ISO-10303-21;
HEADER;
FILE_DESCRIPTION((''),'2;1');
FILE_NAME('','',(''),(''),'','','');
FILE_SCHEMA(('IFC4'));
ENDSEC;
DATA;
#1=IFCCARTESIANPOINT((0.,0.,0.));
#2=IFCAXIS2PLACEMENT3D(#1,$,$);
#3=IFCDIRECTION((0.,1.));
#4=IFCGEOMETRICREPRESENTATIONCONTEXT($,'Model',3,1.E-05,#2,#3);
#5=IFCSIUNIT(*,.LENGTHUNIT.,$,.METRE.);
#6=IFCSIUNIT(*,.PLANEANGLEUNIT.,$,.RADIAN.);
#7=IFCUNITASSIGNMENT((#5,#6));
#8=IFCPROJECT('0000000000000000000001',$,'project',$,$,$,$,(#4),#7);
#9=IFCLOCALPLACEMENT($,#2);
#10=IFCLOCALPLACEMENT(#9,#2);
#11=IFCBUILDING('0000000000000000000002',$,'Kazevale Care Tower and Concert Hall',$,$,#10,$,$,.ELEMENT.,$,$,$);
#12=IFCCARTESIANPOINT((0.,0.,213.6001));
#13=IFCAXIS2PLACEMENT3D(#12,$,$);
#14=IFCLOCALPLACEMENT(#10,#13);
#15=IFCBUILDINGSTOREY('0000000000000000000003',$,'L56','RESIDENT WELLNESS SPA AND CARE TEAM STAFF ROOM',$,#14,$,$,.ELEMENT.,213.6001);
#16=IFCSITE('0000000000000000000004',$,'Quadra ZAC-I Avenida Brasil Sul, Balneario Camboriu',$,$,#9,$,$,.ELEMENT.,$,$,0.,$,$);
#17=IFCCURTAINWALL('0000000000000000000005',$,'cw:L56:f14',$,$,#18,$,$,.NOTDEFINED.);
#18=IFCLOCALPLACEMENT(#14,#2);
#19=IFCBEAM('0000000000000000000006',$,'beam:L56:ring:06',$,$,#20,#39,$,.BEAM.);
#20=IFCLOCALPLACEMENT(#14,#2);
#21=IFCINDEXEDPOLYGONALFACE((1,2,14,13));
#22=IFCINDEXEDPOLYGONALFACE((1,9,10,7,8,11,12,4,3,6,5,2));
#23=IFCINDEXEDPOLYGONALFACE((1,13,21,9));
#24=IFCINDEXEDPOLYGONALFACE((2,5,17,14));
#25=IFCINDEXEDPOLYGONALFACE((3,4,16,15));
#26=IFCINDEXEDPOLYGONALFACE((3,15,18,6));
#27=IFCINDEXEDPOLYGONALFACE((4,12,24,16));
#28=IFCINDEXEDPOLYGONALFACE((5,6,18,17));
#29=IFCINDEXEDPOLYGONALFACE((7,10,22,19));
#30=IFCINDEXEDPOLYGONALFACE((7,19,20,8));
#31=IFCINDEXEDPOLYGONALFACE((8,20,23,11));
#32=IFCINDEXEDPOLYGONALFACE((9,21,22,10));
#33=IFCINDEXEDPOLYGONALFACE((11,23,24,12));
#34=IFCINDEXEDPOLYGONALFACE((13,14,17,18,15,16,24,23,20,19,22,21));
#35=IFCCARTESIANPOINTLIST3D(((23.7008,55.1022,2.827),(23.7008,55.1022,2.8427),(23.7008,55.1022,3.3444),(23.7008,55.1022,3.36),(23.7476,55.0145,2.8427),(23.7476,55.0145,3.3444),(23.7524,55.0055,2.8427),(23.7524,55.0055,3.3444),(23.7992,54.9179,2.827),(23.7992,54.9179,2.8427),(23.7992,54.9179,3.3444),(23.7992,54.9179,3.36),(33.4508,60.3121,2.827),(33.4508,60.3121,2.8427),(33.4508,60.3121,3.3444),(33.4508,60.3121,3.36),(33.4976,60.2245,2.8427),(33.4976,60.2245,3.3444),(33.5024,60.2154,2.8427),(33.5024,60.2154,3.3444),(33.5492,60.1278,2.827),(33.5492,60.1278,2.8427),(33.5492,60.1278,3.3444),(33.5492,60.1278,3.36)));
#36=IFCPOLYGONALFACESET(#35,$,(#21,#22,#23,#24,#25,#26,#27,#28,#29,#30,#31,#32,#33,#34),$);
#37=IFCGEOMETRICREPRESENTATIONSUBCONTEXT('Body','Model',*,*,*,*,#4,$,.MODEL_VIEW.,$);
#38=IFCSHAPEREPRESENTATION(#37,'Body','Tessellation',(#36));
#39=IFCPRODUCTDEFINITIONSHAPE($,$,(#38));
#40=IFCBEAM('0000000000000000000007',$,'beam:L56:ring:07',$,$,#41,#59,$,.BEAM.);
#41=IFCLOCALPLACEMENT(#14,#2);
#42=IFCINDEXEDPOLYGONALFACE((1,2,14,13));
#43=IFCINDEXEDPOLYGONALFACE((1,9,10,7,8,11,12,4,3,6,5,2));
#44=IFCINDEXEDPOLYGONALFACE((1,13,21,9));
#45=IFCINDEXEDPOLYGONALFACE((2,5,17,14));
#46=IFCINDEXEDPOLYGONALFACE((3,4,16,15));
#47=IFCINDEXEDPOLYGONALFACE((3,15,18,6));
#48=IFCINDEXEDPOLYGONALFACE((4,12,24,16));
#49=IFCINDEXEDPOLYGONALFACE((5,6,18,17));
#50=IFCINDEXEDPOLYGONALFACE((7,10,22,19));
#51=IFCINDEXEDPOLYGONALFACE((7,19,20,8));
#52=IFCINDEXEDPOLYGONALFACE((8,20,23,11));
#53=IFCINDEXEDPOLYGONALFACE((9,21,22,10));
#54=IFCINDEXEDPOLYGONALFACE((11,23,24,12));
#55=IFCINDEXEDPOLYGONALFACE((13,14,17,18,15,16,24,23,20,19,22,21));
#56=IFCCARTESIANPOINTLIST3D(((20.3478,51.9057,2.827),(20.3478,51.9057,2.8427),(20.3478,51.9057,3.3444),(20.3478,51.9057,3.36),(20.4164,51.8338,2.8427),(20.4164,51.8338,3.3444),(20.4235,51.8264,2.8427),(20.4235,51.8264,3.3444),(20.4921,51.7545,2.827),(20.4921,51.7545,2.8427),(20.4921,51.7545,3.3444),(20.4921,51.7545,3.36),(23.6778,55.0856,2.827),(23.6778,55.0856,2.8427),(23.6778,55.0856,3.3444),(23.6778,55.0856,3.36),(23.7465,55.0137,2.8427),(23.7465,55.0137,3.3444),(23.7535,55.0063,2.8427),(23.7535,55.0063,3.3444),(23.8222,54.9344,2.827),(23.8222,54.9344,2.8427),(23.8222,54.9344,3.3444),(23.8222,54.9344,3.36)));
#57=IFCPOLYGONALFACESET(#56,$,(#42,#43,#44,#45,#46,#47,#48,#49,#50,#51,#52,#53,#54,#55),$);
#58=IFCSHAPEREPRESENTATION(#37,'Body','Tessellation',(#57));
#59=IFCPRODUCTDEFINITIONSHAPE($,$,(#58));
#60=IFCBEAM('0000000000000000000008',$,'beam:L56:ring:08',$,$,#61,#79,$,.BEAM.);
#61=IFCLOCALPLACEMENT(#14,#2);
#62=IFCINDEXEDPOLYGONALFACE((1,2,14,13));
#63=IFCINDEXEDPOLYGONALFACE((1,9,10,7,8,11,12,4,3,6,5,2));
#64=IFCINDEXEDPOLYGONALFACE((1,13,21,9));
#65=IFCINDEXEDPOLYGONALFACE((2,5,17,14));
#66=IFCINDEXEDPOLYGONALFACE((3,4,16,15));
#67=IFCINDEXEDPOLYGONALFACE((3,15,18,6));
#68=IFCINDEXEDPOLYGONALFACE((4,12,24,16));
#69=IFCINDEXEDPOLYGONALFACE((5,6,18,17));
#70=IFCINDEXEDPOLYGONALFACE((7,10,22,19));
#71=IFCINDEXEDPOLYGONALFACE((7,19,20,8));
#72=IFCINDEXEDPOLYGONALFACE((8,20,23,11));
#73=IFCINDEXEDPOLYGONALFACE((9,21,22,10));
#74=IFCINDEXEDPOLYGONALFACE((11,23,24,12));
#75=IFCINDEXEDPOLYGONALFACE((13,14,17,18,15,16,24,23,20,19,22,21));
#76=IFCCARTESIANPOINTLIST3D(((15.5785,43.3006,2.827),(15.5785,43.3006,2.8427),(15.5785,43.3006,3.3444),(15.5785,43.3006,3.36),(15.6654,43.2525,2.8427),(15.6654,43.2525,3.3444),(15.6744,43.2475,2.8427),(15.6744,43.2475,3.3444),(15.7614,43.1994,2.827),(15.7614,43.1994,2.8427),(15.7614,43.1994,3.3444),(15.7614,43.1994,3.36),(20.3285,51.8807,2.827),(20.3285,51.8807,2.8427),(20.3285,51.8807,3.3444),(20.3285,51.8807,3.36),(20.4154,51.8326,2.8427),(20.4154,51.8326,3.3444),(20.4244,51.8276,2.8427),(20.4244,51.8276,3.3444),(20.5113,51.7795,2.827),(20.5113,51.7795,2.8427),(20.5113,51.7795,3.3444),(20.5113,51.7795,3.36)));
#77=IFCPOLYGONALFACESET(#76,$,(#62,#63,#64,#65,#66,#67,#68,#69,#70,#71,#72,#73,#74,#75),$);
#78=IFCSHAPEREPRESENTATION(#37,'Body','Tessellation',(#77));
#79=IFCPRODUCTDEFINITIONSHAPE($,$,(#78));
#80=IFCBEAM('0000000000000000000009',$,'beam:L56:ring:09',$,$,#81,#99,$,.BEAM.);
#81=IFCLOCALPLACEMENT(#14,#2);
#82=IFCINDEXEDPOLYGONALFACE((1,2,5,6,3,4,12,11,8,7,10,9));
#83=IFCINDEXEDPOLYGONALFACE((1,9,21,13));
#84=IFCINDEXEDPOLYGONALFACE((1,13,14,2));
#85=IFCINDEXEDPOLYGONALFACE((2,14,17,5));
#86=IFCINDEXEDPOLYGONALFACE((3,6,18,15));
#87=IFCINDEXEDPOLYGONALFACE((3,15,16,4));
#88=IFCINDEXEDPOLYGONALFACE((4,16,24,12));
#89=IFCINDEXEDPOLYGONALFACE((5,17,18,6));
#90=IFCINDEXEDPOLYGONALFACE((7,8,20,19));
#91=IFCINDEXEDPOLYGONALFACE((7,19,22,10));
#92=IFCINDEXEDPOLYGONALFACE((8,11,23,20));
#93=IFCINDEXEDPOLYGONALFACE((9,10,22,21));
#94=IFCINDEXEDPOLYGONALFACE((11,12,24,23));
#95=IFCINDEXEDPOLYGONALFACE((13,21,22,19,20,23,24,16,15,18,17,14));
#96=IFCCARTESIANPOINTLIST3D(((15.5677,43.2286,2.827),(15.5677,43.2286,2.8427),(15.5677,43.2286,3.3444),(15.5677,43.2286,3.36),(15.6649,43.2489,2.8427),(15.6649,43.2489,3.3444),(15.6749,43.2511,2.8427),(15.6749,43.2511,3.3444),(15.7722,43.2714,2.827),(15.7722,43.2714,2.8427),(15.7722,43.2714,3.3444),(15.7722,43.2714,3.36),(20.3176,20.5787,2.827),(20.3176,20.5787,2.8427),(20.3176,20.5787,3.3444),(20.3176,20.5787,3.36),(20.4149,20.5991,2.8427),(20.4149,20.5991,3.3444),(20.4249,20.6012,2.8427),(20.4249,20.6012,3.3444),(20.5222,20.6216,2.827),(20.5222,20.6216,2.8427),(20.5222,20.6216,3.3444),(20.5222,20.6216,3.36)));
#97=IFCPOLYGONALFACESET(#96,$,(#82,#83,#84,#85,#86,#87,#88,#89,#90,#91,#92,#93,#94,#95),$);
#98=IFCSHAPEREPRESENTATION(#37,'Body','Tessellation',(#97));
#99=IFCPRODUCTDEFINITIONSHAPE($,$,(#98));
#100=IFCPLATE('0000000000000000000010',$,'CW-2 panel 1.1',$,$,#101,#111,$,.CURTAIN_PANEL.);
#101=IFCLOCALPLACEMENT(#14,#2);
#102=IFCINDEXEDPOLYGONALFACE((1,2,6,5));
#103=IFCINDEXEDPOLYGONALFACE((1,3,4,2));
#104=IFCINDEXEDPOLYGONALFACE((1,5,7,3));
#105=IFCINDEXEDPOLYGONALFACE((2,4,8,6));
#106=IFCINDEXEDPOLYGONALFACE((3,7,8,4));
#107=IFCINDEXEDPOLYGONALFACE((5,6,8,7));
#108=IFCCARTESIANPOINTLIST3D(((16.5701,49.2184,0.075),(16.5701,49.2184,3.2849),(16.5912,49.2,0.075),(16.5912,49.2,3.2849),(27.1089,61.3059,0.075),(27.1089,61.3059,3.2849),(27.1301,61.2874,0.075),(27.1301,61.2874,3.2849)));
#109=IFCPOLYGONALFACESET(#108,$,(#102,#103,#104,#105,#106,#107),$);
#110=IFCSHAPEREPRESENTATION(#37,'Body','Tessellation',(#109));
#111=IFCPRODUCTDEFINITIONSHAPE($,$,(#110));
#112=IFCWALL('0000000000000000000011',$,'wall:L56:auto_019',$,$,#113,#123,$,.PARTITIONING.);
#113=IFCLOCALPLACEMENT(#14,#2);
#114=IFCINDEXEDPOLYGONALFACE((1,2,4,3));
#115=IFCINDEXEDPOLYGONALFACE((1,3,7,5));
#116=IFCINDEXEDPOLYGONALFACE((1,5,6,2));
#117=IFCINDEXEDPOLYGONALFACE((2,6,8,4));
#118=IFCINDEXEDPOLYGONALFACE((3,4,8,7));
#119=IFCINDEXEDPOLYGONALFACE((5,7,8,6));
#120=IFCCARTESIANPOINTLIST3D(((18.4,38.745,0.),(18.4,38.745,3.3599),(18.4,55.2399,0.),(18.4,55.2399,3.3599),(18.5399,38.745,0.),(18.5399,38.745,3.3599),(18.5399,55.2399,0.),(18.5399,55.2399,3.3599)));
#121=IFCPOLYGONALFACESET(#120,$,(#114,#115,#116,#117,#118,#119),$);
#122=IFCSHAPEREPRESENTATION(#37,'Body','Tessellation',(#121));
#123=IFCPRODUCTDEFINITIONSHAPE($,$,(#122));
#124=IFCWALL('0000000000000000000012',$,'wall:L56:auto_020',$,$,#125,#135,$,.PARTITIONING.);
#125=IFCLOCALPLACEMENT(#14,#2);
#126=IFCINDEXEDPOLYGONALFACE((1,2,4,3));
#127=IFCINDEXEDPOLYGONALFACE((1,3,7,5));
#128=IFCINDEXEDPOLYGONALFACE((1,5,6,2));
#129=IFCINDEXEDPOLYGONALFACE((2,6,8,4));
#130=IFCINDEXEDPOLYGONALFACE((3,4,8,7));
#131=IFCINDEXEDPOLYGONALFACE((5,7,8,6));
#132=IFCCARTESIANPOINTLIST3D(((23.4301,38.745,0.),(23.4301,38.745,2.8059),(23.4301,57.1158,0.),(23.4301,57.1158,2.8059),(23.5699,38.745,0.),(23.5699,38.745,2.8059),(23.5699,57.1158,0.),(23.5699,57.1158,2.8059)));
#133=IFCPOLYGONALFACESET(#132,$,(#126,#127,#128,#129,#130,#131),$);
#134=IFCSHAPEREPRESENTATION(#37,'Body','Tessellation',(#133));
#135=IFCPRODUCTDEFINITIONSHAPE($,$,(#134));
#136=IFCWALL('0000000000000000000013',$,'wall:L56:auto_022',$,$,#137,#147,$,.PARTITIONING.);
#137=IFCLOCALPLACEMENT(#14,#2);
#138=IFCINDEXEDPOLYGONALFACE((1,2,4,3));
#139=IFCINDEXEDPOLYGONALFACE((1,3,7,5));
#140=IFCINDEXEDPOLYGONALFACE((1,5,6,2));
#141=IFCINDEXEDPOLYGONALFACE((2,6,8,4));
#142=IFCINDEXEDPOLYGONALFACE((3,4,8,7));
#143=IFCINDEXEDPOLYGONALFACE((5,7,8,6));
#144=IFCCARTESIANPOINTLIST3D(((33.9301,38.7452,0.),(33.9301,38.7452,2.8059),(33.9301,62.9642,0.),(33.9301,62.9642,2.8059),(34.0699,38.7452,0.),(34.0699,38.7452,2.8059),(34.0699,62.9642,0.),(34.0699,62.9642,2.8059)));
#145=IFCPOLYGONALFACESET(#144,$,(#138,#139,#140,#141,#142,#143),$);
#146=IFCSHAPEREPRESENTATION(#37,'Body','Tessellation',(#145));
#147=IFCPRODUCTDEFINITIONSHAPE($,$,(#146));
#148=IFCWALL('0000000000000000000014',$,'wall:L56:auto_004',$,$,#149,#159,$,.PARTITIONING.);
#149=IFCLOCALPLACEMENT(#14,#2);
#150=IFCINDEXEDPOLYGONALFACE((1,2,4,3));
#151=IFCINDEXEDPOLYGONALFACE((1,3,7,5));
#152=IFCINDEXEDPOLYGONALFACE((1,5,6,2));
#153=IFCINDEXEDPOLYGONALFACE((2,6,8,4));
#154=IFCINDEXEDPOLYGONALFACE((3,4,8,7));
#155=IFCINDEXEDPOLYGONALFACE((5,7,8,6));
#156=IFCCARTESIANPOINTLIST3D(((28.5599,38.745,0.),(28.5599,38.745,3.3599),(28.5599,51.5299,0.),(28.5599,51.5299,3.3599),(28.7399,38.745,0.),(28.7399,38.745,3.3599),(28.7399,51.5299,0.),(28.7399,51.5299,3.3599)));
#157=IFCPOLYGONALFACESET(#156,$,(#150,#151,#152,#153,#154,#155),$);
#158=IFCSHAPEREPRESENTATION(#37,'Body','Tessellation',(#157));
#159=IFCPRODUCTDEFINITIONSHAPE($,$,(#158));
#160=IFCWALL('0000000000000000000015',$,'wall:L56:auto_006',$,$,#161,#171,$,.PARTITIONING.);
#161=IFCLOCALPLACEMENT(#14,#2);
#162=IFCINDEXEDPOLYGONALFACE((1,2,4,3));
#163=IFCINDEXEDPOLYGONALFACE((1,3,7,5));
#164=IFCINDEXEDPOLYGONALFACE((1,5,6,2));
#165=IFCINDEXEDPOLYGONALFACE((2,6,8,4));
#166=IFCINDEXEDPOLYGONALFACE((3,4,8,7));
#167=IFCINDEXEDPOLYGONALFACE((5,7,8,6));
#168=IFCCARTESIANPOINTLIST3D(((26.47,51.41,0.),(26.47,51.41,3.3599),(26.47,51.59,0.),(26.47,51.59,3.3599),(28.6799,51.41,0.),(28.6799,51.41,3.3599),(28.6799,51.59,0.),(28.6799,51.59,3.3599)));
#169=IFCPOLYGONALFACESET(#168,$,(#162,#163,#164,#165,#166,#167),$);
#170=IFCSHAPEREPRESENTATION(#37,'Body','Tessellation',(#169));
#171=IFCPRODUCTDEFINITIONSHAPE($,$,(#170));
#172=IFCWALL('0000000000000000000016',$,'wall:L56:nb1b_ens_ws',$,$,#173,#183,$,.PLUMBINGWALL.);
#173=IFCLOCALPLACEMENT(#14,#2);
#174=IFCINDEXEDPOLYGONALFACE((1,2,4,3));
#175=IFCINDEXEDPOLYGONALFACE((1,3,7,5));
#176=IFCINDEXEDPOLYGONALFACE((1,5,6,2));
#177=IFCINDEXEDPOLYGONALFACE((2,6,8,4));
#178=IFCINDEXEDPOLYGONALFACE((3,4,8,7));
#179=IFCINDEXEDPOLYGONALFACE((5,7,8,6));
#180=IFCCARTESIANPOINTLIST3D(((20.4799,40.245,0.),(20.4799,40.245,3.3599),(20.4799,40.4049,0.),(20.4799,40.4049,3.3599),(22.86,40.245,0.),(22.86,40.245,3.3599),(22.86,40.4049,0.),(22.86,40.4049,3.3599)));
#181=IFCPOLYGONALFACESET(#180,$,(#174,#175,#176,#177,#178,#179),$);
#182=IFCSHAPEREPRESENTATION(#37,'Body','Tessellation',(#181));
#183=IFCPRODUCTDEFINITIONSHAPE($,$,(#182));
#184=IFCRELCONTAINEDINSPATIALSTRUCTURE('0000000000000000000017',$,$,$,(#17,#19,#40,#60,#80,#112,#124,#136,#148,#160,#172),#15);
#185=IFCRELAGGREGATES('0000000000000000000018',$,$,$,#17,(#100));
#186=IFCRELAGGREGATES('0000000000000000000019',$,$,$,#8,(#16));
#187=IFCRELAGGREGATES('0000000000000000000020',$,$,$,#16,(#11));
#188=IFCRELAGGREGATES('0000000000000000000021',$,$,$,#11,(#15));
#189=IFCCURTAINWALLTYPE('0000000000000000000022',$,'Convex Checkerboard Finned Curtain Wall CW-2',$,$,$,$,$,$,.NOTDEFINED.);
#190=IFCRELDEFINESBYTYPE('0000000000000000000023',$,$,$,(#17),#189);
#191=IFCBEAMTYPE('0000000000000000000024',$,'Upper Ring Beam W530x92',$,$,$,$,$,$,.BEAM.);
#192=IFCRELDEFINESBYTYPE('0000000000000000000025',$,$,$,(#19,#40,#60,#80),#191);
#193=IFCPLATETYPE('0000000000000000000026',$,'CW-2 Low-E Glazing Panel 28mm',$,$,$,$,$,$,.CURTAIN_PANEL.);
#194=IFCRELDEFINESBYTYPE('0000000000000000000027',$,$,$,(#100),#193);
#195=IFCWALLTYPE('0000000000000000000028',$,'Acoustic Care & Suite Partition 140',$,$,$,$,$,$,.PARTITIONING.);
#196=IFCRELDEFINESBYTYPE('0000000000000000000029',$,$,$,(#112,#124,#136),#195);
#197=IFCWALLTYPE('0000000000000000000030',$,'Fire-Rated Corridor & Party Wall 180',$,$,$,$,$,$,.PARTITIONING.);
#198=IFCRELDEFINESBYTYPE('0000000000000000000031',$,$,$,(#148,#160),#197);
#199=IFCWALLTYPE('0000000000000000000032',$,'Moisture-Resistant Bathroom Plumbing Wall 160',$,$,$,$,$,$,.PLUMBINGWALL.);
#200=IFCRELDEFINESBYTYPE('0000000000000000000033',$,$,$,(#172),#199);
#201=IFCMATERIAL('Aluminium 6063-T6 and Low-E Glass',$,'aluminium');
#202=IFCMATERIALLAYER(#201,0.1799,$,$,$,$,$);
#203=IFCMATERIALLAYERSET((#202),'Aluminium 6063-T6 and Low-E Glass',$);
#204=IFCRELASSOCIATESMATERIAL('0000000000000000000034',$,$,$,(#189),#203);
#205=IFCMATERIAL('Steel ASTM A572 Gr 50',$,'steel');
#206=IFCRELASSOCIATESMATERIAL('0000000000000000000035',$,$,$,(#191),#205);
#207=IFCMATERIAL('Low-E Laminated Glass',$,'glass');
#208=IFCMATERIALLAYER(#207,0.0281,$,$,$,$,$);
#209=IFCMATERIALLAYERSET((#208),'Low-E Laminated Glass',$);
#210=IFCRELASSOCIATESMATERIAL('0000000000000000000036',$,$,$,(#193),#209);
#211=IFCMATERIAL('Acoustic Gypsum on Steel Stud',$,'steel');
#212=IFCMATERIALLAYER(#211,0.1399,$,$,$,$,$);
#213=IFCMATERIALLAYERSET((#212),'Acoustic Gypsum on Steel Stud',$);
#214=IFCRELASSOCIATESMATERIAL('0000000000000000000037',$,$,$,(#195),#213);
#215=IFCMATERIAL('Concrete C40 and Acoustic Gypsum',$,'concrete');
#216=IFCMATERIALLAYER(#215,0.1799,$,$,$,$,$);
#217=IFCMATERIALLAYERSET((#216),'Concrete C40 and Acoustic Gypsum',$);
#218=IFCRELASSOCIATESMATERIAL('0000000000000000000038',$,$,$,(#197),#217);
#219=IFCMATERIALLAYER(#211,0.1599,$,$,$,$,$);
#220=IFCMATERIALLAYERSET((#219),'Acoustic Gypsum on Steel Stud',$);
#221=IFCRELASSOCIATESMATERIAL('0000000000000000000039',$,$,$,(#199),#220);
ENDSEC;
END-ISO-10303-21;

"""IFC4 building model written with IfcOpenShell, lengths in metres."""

from ifc_helpers import new_model, si_unit, direction, frame, frame_2d, origin, origin_2d, place, context, subcontext, project, spatial, rectangle, i_section, extrude, material, layer, layer_set, material_profile, profile_set, type_object, element, aggregate, save


model = new_model("IFC4")

# Units and contexts
model_context = context("Model", 3, precision=1e-05, world=origin(), true_north=direction((0.0, 1.0)))
body_context = subcontext(model_context, "Body", "Model", "MODEL_VIEW")
ifc_project = project(units=[si_unit("LENGTHUNIT", "METRE"), si_unit("PLANEANGLEUNIT", "RADIAN")], contexts=[model_context])

# Site, building, storey
site_placement = place(None, origin())
site = spatial("IfcSite", under=ifc_project, at=site_placement, Name="Quadra ZAC-I Avenida Brasil Sul, Balneario Camboriu", CompositionType="ELEMENT", RefElevation=0.0)
building_placement = place(site_placement, origin())
building = spatial("IfcBuilding", under=site, at=building_placement, Name="Kazevale Care Tower and Concert Hall", CompositionType="ELEMENT")
storey_placement = place(building_placement, frame((0.0, 0.0, 213.6001)))
storey = spatial("IfcBuildingStorey", under=building, at=storey_placement, Name="L56", Description="RESIDENT WELLNESS SPA AND CARE TEAM STAFF ROOM", CompositionType="ELEMENT", Elevation=213.6001)

# Curtain wall
ifc_material_1 = material(Name="Aluminium 6063-T6 and Low-E Glass", Category="aluminium")
ifc_layer_1 = layer(ifc_material_1, 0.1799)
ifc_layer_set_1 = layer_set([ifc_layer_1], Name="Aluminium 6063-T6 and Low-E Glass")
curtain_wall_type_1 = type_object("IfcCurtainWallType", Name="Convex Checkerboard Finned Curtain Wall CW-2", PredefinedType="NOTDEFINED", material=ifc_layer_set_1)
curtain_wall_1_placement = place(storey_placement, origin())
curtain_wall_1 = element("IfcCurtainWall", 1, at=curtain_wall_1_placement, inside=storey, type_object=curtain_wall_type_1, Name="cw:L56:f14", PredefinedType="NOTDEFINED")

# Beams
ifc_material_2 = material(Name="Steel ASTM A572 Gr 50", Category="steel")
ifc_material_profile_1 = material_profile(ifc_material_2, i_section(OverallWidth=0.209, OverallDepth=0.533, WebThickness=0.0103, FlangeThickness=0.0156, at=origin_2d()), Name="W530x92")
ifc_profile_set_1 = profile_set([ifc_material_profile_1], Name="Steel ASTM A572 Gr 50")
beam_type_1 = type_object("IfcBeamType", Name="Upper Ring Beam W530x92", PredefinedType="BEAM", material=ifc_profile_set_1)
beam_1_placement = place(storey_placement, frame((33.5, 60.22, 3.0935), z_axis=(-0.881979, -0.47129, 0.0), x_axis=(0.47129, -0.881979, 0.0)))
element("IfcBeam", 2, at=beam_1_placement, inside=storey, type_object=beam_type_1, Name="beam:L56:ring:06", PredefinedType="BEAM", context=body_context, shape_type="SweptSolid", body=[
    extrude(i_section(OverallWidth=0.209, OverallDepth=0.533, WebThickness=0.0103, FlangeThickness=0.0156, at=origin_2d()), origin(), (0.0, 0.0, 1.0), 11.0547),
])
beam_2_placement = place(storey_placement, frame((23.75, 55.01, 3.0935), z_axis=(-0.723223, -0.690614, 0.0), x_axis=(0.690614, -0.723223, 0.0)))
element("IfcBeam", 3, at=beam_2_placement, inside=storey, type_object=beam_type_1, Name="beam:L56:ring:07", PredefinedType="BEAM", context=body_context, shape_type="SweptSolid", body=[
    extrude(i_section(OverallWidth=0.209, OverallDepth=0.533, WebThickness=0.0103, FlangeThickness=0.0156, at=origin_2d()), origin(), (0.0, 0.0, 1.0), 4.6045),
])
beam_3_placement = place(storey_placement, frame((20.4199, 51.8301, 3.0935), z_axis=(-0.48434, -0.87488, 0.0), x_axis=(0.87488, -0.48434, 0.0)))
element("IfcBeam", 4, at=beam_3_placement, inside=storey, type_object=beam_type_1, Name="beam:L56:ring:08", PredefinedType="BEAM", context=body_context, shape_type="SweptSolid", body=[
    extrude(i_section(OverallWidth=0.209, OverallDepth=0.533, WebThickness=0.0103, FlangeThickness=0.0156, at=origin_2d()), origin(), (0.0, 0.0, 1.0), 9.8071),
])
beam_4_placement = place(storey_placement, frame((15.6699, 43.25, 3.0935), z_axis=(0.205249, -0.97871, 0.0), x_axis=(0.97871, 0.205249, 0.0)))
element("IfcBeam", 5, at=beam_4_placement, inside=storey, type_object=beam_type_1, Name="beam:L56:ring:09", PredefinedType="BEAM", context=body_context, shape_type="SweptSolid", body=[
    extrude(i_section(OverallWidth=0.209, OverallDepth=0.533, WebThickness=0.0103, FlangeThickness=0.0156, at=origin_2d()), origin(), (0.0, 0.0, 1.0), 23.1426),
])

# Plate
ifc_material_3 = material(Name="Low-E Laminated Glass", Category="glass")
ifc_layer_2 = layer(ifc_material_3, 0.0281)
ifc_layer_set_2 = layer_set([ifc_layer_2], Name="Low-E Laminated Glass")
plate_type = type_object("IfcPlateType", Name="CW-2 Low-E Glazing Panel 28mm", PredefinedType="CURTAIN_PANEL", material=ifc_layer_set_2)
plate_placement = place(storey_placement, frame((21.8501, 55.2529, 0.075), z_axis=(0.0, 0.0, 1.0), x_axis=(0.657175, 0.753738, 0.0)))
plate = element("IfcPlate", 6, at=plate_placement, type_object=plate_type, Name="CW-2 panel 1.1", PredefinedType="CURTAIN_PANEL", context=body_context, shape_type="SweptSolid", body=[
    extrude(rectangle(XDim=16.0366, YDim=0.0281, at=origin_2d()), origin(), (0.0, 0.0, 1.0), 3.21),
])
aggregate(curtain_wall_1, [plate])

# Walls
ifc_material_4 = material(Name="Acoustic Gypsum on Steel Stud", Category="steel")
ifc_layer_3 = layer(ifc_material_4, 0.1399)
ifc_layer_set_3 = layer_set([ifc_layer_3], Name="Acoustic Gypsum on Steel Stud")
wall_type_1 = type_object("IfcWallType", Name="Acoustic Care & Suite Partition 140", PredefinedType="PARTITIONING", material=ifc_layer_set_3)
wall_1_placement = place(storey_placement, frame((18.47, 55.24, 0.0), z_axis=(0.0, 0.0, 1.0), x_axis=(0.0, -1.0, 0.0)))
element("IfcWall", 7, at=wall_1_placement, inside=storey, type_object=wall_type_1, Name="wall:L56:auto_019", PredefinedType="PARTITIONING", context=body_context, shape_type="SweptSolid", body=[
    extrude(rectangle(XDim=16.4949, YDim=0.1399, at=frame_2d((8.2476, 0.0))), origin(), (0.0, 0.0, 1.0), 3.3599),
])
wall_2_placement = place(storey_placement, frame((23.5, 57.116, 0.0), z_axis=(0.0, 0.0, 1.0), x_axis=(0.0, -1.0, 0.0)))
element("IfcWall", 8, at=wall_2_placement, inside=storey, type_object=wall_type_1, Name="wall:L56:auto_020", PredefinedType="PARTITIONING", context=body_context, shape_type="SweptSolid", body=[
    extrude(rectangle(XDim=18.3708, YDim=0.1399, at=frame_2d((9.1855, 0.0))), origin(), (0.0, 0.0, 1.0), 2.8059),
])
wall_3_placement = place(storey_placement, frame((34.0, 62.9641, 0.0), z_axis=(0.0, 0.0, 1.0), x_axis=(0.0, -1.0, 0.0)))
element("IfcWall", 9, at=wall_3_placement, inside=storey, type_object=wall_type_1, Name="wall:L56:auto_022", PredefinedType="PARTITIONING", context=body_context, shape_type="SweptSolid", body=[
    extrude(rectangle(XDim=24.219, YDim=0.1399, at=frame_2d((12.1094, 0.0))), origin(), (0.0, 0.0, 1.0), 2.8059),
])
ifc_material_5 = material(Name="Concrete C40 and Acoustic Gypsum", Category="concrete")
ifc_layer_4 = layer(ifc_material_5, 0.1799)
ifc_layer_set_4 = layer_set([ifc_layer_4], Name="Concrete C40 and Acoustic Gypsum")
wall_type_2 = type_object("IfcWallType", Name="Fire-Rated Corridor & Party Wall 180", PredefinedType="PARTITIONING", material=ifc_layer_set_4)
wall_4_placement = place(storey_placement, frame((28.6499, 51.53, 0.0), z_axis=(0.0, 0.0, 1.0), x_axis=(0.0, -1.0, 0.0)))
element("IfcWall", 10, at=wall_4_placement, inside=storey, type_object=wall_type_2, Name="wall:L56:auto_004", PredefinedType="PARTITIONING", context=body_context, shape_type="SweptSolid", body=[
    extrude(rectangle(XDim=12.7849, YDim=0.1799, at=frame_2d((6.3926, 0.0))), origin(), (0.0, 0.0, 1.0), 3.3599),
])
wall_5_placement = place(storey_placement, frame((26.47, 51.5, 0.0), z_axis=(0.0, 0.0, 1.0), x_axis=(1.0, 0.0, 0.0)))
element("IfcWall", 11, at=wall_5_placement, inside=storey, type_object=wall_type_2, Name="wall:L56:auto_006", PredefinedType="PARTITIONING", context=body_context, shape_type="SweptSolid", body=[
    extrude(rectangle(XDim=2.21, YDim=0.1799, at=frame_2d((1.105, 0.0))), origin(), (0.0, 0.0, 1.0), 3.3599),
])
ifc_layer_5 = layer(ifc_material_4, 0.1599)
ifc_layer_set_5 = layer_set([ifc_layer_5], Name="Acoustic Gypsum on Steel Stud")
wall_type_3 = type_object("IfcWallType", Name="Moisture-Resistant Bathroom Plumbing Wall 160", PredefinedType="PLUMBINGWALL", material=ifc_layer_set_5)
wall_6_placement = place(storey_placement, frame((20.48, 40.325, 0.0), z_axis=(0.0, 0.0, 1.0), x_axis=(1.0, 0.0, 0.0)))
element("IfcWall", 12, at=wall_6_placement, inside=storey, type_object=wall_type_3, Name="wall:L56:nb1b_ens_ws", PredefinedType="PLUMBINGWALL", context=body_context, shape_type="SweptSolid", body=[
    extrude(rectangle(XDim=2.3801, YDim=0.1599, at=frame_2d((1.1899, 0.0))), origin(), (0.0, 0.0, 1.0), 3.3599),
])

save(model, "model.ifc")
